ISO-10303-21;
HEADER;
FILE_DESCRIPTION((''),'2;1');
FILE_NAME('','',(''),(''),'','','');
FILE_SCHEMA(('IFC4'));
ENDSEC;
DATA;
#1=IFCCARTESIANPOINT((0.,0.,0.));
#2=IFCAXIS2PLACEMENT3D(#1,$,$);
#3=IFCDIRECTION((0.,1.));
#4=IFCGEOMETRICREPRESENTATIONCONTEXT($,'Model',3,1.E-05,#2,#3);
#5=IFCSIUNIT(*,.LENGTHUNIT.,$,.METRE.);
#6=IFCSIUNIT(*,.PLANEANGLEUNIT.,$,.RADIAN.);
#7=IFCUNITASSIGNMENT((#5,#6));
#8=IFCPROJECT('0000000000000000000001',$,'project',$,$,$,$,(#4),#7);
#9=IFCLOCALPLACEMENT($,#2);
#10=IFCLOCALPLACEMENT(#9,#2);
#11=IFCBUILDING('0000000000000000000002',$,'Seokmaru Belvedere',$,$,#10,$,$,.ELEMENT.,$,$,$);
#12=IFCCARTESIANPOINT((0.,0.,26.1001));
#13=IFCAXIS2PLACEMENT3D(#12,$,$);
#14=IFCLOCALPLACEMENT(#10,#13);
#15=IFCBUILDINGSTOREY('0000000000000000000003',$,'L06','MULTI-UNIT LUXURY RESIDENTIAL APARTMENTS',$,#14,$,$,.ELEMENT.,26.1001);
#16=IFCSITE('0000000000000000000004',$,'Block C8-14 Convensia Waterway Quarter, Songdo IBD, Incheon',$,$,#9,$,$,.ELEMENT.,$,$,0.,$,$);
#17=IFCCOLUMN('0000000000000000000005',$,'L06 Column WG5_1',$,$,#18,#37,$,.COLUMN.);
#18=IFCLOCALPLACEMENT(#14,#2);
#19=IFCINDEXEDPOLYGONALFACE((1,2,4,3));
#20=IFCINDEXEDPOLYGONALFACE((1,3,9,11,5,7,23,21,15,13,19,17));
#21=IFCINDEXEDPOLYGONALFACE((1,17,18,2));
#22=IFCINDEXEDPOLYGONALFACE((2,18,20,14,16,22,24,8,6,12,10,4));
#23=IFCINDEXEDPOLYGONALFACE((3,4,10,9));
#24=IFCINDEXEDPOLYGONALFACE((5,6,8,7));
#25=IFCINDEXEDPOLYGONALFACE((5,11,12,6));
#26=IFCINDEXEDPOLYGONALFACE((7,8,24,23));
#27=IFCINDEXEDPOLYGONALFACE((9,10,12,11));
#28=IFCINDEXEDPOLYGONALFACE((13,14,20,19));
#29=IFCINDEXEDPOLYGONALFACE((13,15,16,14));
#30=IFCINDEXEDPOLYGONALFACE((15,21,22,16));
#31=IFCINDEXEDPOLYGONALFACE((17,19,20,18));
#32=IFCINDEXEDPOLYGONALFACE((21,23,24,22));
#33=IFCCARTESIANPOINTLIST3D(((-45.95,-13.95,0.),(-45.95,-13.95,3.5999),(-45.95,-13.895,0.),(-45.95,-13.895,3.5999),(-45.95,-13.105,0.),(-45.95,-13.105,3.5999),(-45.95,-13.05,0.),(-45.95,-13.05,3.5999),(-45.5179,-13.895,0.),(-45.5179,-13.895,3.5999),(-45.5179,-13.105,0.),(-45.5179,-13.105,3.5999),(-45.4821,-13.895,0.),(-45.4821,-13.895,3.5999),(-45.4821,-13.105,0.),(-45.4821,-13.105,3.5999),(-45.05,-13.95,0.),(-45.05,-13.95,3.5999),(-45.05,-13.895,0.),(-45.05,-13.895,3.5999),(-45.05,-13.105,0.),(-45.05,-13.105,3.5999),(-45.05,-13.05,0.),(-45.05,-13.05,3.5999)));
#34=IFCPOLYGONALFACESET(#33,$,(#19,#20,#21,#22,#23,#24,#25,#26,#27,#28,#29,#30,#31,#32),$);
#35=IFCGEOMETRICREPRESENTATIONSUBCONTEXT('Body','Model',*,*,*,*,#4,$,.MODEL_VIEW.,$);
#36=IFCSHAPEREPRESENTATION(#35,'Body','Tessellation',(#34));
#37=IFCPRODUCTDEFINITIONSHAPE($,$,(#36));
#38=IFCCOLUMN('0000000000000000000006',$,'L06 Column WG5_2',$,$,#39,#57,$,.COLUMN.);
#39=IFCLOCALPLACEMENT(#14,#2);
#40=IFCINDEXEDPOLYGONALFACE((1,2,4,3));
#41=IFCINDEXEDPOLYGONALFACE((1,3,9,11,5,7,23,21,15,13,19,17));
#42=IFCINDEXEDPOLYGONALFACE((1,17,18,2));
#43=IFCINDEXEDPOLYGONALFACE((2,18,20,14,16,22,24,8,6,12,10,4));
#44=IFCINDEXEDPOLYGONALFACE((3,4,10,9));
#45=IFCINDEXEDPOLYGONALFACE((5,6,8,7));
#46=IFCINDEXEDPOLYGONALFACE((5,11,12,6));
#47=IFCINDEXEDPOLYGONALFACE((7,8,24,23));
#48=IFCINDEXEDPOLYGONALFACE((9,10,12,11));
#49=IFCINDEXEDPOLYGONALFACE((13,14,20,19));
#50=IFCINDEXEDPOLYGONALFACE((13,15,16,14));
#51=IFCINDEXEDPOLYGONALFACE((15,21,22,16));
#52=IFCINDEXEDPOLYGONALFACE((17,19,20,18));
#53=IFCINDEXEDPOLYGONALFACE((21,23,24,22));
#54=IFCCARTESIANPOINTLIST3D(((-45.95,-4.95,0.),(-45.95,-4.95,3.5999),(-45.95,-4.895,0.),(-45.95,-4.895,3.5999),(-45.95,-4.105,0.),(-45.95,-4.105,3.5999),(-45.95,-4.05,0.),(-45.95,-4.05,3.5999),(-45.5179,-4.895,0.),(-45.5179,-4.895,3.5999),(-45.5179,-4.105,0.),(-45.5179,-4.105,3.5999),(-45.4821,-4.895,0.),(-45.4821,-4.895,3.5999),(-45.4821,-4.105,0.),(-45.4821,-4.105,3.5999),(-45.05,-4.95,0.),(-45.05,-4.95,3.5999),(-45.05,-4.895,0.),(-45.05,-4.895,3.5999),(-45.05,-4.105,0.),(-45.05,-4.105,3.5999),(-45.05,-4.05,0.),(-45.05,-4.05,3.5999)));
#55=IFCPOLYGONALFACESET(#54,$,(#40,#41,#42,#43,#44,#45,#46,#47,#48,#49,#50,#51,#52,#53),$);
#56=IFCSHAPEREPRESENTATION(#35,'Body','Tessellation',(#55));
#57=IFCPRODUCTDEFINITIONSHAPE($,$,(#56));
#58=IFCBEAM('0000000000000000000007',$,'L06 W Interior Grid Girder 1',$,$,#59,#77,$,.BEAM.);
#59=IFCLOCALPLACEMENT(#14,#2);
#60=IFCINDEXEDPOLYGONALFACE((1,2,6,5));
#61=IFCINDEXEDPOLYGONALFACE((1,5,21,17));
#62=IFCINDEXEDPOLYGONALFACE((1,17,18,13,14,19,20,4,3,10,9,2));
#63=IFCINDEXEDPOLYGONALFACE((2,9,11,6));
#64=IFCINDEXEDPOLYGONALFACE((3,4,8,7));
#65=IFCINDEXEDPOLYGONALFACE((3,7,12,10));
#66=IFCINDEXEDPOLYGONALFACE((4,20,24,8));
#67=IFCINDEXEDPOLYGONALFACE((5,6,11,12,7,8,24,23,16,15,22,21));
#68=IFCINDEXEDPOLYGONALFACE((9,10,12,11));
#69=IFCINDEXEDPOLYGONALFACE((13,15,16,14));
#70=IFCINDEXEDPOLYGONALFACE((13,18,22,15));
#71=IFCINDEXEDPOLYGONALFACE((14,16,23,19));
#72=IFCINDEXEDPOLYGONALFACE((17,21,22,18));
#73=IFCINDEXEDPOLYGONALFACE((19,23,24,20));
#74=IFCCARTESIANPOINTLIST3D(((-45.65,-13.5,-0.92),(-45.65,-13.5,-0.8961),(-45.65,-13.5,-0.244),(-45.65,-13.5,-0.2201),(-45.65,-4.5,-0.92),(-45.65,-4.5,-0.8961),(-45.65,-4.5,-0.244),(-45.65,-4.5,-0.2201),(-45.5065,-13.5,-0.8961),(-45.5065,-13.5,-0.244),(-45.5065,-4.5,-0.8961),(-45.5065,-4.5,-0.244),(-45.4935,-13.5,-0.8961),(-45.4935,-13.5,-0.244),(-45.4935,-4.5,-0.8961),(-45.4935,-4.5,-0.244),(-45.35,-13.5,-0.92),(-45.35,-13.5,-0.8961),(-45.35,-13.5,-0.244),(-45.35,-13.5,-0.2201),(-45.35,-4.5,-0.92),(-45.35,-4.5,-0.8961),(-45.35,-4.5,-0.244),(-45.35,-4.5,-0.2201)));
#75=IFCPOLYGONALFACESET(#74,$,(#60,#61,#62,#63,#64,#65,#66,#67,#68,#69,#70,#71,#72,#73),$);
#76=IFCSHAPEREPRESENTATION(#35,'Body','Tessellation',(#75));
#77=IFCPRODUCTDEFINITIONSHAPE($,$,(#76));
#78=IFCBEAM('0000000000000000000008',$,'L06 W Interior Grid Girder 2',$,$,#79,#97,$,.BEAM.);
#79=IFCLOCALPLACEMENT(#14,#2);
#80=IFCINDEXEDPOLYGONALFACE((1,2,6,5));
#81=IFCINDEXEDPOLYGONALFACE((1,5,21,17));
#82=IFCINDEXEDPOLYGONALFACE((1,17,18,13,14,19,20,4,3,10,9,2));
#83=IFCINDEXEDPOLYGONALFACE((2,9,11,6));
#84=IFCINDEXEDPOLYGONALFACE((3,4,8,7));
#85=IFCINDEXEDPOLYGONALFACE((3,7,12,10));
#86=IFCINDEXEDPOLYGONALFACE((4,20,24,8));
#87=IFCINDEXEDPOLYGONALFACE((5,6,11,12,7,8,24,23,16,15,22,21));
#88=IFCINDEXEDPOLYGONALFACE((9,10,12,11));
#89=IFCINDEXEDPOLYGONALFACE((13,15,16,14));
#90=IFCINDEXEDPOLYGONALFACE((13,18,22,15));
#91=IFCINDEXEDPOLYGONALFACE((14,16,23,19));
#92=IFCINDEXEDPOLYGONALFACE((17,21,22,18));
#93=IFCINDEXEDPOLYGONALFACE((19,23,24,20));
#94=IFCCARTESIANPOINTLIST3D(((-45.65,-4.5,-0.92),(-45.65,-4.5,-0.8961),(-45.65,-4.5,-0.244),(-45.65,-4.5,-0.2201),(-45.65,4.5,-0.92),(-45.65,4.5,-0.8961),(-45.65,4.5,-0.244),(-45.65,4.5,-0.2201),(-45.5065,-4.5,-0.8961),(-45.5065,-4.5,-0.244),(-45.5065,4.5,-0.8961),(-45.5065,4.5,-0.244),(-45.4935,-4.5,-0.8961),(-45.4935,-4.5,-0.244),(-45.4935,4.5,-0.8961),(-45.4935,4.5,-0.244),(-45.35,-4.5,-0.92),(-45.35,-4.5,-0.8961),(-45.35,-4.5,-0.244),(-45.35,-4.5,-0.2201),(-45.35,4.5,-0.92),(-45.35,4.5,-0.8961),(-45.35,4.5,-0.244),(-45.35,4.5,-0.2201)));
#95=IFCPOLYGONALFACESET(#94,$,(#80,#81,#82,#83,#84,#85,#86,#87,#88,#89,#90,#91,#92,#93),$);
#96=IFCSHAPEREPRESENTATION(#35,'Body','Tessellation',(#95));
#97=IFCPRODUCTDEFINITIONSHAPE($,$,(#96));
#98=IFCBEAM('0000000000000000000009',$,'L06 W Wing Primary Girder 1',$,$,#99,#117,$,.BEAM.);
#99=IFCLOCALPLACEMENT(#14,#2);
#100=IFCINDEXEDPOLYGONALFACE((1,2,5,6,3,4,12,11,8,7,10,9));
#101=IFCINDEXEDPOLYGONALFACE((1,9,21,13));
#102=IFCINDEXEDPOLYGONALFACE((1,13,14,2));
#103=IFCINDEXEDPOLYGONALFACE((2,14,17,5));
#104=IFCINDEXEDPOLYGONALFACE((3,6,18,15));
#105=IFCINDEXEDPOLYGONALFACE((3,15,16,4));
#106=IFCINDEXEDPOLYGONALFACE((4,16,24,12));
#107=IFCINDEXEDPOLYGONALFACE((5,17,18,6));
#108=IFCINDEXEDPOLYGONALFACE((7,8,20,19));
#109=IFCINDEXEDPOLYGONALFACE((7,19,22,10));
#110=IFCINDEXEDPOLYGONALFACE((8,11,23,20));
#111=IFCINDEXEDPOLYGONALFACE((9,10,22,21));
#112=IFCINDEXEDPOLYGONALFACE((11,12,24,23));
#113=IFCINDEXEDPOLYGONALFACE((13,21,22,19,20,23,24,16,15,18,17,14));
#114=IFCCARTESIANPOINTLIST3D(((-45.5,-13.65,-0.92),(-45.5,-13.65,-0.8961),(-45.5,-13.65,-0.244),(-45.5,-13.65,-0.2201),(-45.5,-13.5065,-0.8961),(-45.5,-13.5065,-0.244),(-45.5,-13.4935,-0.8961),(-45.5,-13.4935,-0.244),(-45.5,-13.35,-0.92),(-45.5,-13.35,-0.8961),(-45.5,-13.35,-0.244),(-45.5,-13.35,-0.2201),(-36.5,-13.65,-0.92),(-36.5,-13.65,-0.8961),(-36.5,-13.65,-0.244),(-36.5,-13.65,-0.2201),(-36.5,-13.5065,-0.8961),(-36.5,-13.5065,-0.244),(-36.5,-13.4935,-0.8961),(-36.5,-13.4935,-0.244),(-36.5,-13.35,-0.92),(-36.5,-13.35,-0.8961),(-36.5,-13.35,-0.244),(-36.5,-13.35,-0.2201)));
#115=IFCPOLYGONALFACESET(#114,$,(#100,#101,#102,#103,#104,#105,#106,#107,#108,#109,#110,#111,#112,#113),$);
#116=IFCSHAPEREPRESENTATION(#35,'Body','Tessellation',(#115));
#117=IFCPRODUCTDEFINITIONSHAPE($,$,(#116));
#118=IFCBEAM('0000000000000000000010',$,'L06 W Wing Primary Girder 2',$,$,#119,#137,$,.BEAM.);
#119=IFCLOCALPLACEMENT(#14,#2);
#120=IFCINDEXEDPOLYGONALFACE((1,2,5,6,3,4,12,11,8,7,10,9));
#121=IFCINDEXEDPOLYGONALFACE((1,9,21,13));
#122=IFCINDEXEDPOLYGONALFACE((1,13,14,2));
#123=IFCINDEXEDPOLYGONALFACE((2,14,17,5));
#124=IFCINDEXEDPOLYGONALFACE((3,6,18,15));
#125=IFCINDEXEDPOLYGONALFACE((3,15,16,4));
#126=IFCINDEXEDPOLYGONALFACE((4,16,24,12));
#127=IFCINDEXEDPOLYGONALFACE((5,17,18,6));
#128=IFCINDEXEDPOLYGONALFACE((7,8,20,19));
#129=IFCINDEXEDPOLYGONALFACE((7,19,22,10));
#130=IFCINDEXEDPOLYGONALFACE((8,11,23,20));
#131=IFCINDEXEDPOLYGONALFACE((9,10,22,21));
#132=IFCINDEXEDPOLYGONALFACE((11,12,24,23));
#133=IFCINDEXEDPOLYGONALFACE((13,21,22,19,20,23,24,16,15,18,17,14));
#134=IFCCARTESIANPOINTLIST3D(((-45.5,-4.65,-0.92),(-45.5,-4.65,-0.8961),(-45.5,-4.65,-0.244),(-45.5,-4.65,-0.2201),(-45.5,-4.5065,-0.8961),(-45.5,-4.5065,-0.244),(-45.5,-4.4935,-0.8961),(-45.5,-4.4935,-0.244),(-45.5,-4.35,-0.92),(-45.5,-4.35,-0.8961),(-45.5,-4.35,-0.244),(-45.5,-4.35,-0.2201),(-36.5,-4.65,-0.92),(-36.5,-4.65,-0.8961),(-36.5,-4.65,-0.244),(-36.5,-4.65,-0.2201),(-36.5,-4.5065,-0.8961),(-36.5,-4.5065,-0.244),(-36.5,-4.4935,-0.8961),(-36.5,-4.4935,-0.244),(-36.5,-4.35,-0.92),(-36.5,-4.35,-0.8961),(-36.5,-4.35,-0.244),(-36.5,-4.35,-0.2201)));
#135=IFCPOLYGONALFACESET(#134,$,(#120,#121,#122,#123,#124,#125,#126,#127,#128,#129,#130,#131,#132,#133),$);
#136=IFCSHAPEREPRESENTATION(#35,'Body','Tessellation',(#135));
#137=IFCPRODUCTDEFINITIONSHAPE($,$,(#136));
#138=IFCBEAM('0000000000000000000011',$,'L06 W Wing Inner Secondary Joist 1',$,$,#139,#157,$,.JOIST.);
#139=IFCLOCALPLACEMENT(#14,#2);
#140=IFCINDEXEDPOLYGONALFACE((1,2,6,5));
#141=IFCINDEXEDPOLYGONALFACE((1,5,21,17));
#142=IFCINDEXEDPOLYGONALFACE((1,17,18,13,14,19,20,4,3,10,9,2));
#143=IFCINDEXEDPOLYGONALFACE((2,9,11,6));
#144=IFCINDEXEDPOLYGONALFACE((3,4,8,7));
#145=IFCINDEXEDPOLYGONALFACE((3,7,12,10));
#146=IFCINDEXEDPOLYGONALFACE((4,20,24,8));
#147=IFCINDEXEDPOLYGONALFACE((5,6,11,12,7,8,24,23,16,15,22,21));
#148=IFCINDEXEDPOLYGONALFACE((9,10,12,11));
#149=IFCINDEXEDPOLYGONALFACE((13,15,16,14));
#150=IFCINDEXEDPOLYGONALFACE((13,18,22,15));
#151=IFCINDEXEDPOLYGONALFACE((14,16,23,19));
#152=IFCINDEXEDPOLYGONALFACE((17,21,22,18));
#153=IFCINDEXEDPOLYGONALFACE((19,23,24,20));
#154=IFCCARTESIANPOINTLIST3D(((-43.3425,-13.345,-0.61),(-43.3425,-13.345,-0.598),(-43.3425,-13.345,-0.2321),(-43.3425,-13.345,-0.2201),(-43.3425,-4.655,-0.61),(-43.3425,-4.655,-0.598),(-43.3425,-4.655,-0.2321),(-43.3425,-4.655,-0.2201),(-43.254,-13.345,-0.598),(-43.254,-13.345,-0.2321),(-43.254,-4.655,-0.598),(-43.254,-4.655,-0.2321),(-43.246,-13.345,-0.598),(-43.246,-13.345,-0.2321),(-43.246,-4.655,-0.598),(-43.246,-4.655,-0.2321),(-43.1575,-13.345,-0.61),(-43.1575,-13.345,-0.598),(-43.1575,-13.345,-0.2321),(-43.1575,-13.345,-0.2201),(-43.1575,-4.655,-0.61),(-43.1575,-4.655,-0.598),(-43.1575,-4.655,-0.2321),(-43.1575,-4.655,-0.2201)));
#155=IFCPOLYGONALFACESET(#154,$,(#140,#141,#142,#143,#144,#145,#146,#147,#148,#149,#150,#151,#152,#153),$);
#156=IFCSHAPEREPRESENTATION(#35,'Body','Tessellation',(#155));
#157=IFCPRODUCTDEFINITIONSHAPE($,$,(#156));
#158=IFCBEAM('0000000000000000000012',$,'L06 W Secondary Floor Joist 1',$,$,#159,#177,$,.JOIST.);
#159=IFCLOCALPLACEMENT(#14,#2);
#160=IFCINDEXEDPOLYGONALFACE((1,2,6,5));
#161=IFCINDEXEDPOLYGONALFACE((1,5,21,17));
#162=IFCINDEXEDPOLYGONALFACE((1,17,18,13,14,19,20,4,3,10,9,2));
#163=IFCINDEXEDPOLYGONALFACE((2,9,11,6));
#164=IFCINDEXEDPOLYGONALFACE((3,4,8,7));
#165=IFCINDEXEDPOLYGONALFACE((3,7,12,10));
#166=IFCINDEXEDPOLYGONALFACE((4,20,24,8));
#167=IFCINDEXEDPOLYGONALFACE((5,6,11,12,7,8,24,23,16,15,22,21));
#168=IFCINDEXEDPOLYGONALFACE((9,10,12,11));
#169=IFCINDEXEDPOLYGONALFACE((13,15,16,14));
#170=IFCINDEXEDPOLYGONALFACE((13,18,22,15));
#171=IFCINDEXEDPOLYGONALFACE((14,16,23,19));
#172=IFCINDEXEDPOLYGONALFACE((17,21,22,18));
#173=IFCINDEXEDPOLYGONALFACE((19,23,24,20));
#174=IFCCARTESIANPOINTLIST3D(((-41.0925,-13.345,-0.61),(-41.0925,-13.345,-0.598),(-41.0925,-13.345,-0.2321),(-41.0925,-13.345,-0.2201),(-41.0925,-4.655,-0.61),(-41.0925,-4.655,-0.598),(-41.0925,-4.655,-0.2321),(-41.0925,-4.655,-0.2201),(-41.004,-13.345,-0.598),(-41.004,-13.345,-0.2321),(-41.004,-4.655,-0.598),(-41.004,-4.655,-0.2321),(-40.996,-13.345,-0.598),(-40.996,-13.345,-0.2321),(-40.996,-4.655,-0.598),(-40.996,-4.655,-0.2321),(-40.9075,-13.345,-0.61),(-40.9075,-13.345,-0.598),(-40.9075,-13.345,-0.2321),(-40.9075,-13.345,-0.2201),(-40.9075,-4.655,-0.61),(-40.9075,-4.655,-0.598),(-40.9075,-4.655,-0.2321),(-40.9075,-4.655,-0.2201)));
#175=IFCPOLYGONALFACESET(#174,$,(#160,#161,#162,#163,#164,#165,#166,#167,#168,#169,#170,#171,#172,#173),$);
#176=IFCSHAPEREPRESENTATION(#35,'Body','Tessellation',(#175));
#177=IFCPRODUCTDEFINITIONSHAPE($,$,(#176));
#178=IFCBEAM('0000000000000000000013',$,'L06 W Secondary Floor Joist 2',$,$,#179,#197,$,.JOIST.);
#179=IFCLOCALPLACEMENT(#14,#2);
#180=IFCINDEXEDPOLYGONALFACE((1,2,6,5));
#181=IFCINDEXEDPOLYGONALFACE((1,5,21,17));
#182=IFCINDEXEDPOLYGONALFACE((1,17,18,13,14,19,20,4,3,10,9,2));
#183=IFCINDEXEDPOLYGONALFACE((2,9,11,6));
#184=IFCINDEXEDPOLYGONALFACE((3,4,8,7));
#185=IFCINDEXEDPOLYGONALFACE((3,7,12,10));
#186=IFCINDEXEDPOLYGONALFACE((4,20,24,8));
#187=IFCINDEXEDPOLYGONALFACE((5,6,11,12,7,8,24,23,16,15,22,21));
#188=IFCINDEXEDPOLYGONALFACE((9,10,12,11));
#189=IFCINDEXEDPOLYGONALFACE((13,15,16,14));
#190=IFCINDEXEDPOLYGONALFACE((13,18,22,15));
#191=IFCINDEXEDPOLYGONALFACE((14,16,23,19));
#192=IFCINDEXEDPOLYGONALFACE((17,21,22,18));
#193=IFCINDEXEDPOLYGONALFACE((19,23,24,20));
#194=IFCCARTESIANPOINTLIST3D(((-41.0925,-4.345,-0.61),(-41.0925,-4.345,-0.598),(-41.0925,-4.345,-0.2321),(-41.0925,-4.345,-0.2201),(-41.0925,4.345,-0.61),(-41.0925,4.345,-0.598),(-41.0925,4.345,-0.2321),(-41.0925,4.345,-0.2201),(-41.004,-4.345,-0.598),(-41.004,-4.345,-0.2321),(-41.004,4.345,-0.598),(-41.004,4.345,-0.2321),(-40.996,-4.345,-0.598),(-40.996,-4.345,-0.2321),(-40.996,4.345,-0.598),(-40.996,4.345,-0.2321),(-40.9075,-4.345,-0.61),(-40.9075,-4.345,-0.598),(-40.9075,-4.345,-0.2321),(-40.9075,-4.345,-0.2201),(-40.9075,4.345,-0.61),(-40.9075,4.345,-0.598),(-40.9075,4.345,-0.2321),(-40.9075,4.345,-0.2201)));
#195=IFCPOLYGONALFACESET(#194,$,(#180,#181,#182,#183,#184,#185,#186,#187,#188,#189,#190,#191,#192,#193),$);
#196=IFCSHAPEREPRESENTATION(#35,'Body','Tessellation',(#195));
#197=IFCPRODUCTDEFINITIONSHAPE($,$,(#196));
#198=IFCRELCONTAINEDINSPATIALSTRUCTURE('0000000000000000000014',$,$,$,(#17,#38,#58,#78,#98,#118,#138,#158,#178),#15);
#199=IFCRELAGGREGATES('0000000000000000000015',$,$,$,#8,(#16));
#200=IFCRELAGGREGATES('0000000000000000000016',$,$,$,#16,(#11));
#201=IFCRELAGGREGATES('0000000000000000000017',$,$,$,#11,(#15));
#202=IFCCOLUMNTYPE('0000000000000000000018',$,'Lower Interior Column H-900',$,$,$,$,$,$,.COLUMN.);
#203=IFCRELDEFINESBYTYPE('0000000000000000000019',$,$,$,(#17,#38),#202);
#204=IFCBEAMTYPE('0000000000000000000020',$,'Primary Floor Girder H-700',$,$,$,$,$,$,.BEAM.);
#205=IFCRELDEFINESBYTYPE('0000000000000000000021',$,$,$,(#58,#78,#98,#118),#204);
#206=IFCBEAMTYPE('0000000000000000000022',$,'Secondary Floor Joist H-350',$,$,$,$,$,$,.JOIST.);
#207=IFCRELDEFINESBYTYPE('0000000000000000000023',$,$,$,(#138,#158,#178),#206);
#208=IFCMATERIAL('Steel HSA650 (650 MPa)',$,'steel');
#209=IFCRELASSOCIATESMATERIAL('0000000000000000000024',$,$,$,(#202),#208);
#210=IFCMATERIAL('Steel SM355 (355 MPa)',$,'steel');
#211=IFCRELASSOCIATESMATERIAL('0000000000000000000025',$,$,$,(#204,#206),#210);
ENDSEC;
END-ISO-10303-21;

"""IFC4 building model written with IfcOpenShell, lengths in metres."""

from ifc_helpers import new_model, si_unit, direction, frame, origin, origin_2d, place, context, subcontext, project, spatial, i_section, extrude, source, transform, mapped, material, material_profile, profile_set, type_object, type_shapes, element, save


model = new_model("IFC4")

# Units and contexts
model_context = context("Model", 3, precision=1e-05, world=origin(), true_north=direction((0.0, 1.0)))
body_context = subcontext(model_context, "Body", "Model", "MODEL_VIEW")
ifc_project = project(units=[si_unit("LENGTHUNIT", "METRE"), si_unit("PLANEANGLEUNIT", "RADIAN")], contexts=[model_context])

# Site, building, storey
site_placement = place(None, origin())
site = spatial("IfcSite", under=ifc_project, at=site_placement, Name="Block C8-14 Convensia Waterway Quarter, Songdo IBD, Incheon", CompositionType="ELEMENT", RefElevation=0.0)
building_placement = place(site_placement, origin())
building = spatial("IfcBuilding", under=site, at=building_placement, Name="Seokmaru Belvedere", CompositionType="ELEMENT")
storey_placement = place(building_placement, frame((0.0, 0.0, 26.1001)))
storey = spatial("IfcBuildingStorey", under=building, at=storey_placement, Name="L06", Description="MULTI-UNIT LUXURY RESIDENTIAL APARTMENTS", CompositionType="ELEMENT", Elevation=26.1001)

# Columns
ifc_material_1 = material(Name="Steel HSA650 (650 MPa)", Category="steel")
ifc_material_profile_1 = material_profile(ifc_material_1, i_section(OverallWidth=0.8999, OverallDepth=0.8999, WebThickness=0.0359, FlangeThickness=0.0549, at=origin_2d()), Name="H-900x900x36x55")
ifc_profile_set_1 = profile_set([ifc_material_profile_1], Name="Steel HSA650 (650 MPa)")
column_type = type_object("IfcColumnType", Name="Lower Interior Column H-900", PredefinedType="COLUMN", material=ifc_profile_set_1)
shared_shape_1 = source(origin(), body_context, "Body", "SweptSolid", [
    extrude(i_section(OverallWidth=0.8999, OverallDepth=0.8999, WebThickness=0.0359, FlangeThickness=0.0549, at=origin_2d()), origin(), (0.0, 0.0, 1.0), 3.5999),
])
type_shapes(column_type, [shared_shape_1])
for number, where, z_axis, x_axis, name in (
    (1, (-45.5, -13.5, 0.0), (0.0, 0.0, 1.0), (1.0, 0.0, 0.0), "L06 Column WG5_1"),
    (2, (-45.5, -4.5, 0.0), (0.0, 0.0, 1.0), (1.0, 0.0, 0.0), "L06 Column WG5_2"),
):
    element("IfcColumn", number, at=place(storey_placement, frame(where, z_axis=z_axis, x_axis=x_axis)), inside=storey, type_object=column_type, Name=name, PredefinedType="COLUMN", context=body_context, shape_type="MappedRepresentation", body=[
        mapped(shared_shape_1, transform((0.0, 0.0, 0.0), scale=1.0)),
    ])

# Beams
ifc_material_2 = material(Name="Steel SM355 (355 MPa)", Category="steel")
ifc_material_profile_2 = material_profile(ifc_material_2, i_section(OverallWidth=0.3, OverallDepth=0.7, WebThickness=0.0129, FlangeThickness=0.0239, at=origin_2d()), Name="H-700x300x13x24")
ifc_profile_set_2 = profile_set([ifc_material_profile_2], Name="Steel SM355 (355 MPa)")
beam_type_1 = type_object("IfcBeamType", Name="Primary Floor Girder H-700", PredefinedType="BEAM", material=ifc_profile_set_2)
shared_shape_2 = source(origin(), body_context, "Body", "SweptSolid", [
    extrude(i_section(OverallWidth=0.3, OverallDepth=0.7, WebThickness=0.0129, FlangeThickness=0.0239, at=origin_2d()), origin(), (0.0, 0.0, 1.0), 9.0),
])
type_shapes(beam_type_1, [shared_shape_2])
for number, where, z_axis, x_axis, name in (
    (3, (-45.5, -13.5, -0.5701), (0.0, 1.0, 0.0), (-1.0, 0.0, 0.0), "L06 W Interior Grid Girder 1"),
    (4, (-45.5, -4.5, -0.5701), (0.0, 1.0, 0.0), (-1.0, 0.0, 0.0), "L06 W Interior Grid Girder 2"),
    (5, (-45.5, -13.5, -0.5701), (1.0, 0.0, 0.0), (0.0, 1.0, 0.0), "L06 W Wing Primary Girder 1"),
    (6, (-45.5, -4.5, -0.5701), (1.0, 0.0, 0.0), (0.0, 1.0, 0.0), "L06 W Wing Primary Girder 2"),
):
    element("IfcBeam", number, at=place(storey_placement, frame(where, z_axis=z_axis, x_axis=x_axis)), inside=storey, type_object=beam_type_1, Name=name, PredefinedType="BEAM", context=body_context, shape_type="MappedRepresentation", body=[
        mapped(shared_shape_2, transform((0.0, 0.0, 0.0), scale=1.0)),
    ])
ifc_material_profile_3 = material_profile(ifc_material_2, i_section(OverallWidth=0.1851, OverallDepth=0.3899, WebThickness=0.0081, FlangeThickness=0.012, at=origin_2d()), Name="H-390x185x8x12")
ifc_profile_set_3 = profile_set([ifc_material_profile_3], Name="Steel SM355 (355 MPa)")
beam_type_2 = type_object("IfcBeamType", Name="Secondary Floor Joist H-350", PredefinedType="JOIST", material=ifc_profile_set_3)
shared_shape_3 = source(origin(), body_context, "Body", "SweptSolid", [
    extrude(i_section(OverallWidth=0.1851, OverallDepth=0.3899, WebThickness=0.0081, FlangeThickness=0.012, at=origin_2d()), origin(), (0.0, 0.0, 1.0), 8.6899),
])
type_shapes(beam_type_2, [shared_shape_3])
for number, where, z_axis, x_axis, name in (
    (7, (-43.25, -13.345, -0.415), (0.0, 1.0, 0.0), (-1.0, 0.0, 0.0), "L06 W Wing Inner Secondary Joist 1"),
    (8, (-41.0, -13.345, -0.415), (0.0, 1.0, 0.0), (-1.0, 0.0, 0.0), "L06 W Secondary Floor Joist 1"),
    (9, (-41.0, -4.345, -0.415), (0.0, 1.0, 0.0), (-1.0, 0.0, 0.0), "L06 W Secondary Floor Joist 2"),
):
    element("IfcBeam", number, at=place(storey_placement, frame(where, z_axis=z_axis, x_axis=x_axis)), inside=storey, type_object=beam_type_2, Name=name, PredefinedType="JOIST", context=body_context, shape_type="MappedRepresentation", body=[
        mapped(shared_shape_3, transform((0.0, 0.0, 0.0), scale=1.0)),
    ])

save(model, "model.ifc")
